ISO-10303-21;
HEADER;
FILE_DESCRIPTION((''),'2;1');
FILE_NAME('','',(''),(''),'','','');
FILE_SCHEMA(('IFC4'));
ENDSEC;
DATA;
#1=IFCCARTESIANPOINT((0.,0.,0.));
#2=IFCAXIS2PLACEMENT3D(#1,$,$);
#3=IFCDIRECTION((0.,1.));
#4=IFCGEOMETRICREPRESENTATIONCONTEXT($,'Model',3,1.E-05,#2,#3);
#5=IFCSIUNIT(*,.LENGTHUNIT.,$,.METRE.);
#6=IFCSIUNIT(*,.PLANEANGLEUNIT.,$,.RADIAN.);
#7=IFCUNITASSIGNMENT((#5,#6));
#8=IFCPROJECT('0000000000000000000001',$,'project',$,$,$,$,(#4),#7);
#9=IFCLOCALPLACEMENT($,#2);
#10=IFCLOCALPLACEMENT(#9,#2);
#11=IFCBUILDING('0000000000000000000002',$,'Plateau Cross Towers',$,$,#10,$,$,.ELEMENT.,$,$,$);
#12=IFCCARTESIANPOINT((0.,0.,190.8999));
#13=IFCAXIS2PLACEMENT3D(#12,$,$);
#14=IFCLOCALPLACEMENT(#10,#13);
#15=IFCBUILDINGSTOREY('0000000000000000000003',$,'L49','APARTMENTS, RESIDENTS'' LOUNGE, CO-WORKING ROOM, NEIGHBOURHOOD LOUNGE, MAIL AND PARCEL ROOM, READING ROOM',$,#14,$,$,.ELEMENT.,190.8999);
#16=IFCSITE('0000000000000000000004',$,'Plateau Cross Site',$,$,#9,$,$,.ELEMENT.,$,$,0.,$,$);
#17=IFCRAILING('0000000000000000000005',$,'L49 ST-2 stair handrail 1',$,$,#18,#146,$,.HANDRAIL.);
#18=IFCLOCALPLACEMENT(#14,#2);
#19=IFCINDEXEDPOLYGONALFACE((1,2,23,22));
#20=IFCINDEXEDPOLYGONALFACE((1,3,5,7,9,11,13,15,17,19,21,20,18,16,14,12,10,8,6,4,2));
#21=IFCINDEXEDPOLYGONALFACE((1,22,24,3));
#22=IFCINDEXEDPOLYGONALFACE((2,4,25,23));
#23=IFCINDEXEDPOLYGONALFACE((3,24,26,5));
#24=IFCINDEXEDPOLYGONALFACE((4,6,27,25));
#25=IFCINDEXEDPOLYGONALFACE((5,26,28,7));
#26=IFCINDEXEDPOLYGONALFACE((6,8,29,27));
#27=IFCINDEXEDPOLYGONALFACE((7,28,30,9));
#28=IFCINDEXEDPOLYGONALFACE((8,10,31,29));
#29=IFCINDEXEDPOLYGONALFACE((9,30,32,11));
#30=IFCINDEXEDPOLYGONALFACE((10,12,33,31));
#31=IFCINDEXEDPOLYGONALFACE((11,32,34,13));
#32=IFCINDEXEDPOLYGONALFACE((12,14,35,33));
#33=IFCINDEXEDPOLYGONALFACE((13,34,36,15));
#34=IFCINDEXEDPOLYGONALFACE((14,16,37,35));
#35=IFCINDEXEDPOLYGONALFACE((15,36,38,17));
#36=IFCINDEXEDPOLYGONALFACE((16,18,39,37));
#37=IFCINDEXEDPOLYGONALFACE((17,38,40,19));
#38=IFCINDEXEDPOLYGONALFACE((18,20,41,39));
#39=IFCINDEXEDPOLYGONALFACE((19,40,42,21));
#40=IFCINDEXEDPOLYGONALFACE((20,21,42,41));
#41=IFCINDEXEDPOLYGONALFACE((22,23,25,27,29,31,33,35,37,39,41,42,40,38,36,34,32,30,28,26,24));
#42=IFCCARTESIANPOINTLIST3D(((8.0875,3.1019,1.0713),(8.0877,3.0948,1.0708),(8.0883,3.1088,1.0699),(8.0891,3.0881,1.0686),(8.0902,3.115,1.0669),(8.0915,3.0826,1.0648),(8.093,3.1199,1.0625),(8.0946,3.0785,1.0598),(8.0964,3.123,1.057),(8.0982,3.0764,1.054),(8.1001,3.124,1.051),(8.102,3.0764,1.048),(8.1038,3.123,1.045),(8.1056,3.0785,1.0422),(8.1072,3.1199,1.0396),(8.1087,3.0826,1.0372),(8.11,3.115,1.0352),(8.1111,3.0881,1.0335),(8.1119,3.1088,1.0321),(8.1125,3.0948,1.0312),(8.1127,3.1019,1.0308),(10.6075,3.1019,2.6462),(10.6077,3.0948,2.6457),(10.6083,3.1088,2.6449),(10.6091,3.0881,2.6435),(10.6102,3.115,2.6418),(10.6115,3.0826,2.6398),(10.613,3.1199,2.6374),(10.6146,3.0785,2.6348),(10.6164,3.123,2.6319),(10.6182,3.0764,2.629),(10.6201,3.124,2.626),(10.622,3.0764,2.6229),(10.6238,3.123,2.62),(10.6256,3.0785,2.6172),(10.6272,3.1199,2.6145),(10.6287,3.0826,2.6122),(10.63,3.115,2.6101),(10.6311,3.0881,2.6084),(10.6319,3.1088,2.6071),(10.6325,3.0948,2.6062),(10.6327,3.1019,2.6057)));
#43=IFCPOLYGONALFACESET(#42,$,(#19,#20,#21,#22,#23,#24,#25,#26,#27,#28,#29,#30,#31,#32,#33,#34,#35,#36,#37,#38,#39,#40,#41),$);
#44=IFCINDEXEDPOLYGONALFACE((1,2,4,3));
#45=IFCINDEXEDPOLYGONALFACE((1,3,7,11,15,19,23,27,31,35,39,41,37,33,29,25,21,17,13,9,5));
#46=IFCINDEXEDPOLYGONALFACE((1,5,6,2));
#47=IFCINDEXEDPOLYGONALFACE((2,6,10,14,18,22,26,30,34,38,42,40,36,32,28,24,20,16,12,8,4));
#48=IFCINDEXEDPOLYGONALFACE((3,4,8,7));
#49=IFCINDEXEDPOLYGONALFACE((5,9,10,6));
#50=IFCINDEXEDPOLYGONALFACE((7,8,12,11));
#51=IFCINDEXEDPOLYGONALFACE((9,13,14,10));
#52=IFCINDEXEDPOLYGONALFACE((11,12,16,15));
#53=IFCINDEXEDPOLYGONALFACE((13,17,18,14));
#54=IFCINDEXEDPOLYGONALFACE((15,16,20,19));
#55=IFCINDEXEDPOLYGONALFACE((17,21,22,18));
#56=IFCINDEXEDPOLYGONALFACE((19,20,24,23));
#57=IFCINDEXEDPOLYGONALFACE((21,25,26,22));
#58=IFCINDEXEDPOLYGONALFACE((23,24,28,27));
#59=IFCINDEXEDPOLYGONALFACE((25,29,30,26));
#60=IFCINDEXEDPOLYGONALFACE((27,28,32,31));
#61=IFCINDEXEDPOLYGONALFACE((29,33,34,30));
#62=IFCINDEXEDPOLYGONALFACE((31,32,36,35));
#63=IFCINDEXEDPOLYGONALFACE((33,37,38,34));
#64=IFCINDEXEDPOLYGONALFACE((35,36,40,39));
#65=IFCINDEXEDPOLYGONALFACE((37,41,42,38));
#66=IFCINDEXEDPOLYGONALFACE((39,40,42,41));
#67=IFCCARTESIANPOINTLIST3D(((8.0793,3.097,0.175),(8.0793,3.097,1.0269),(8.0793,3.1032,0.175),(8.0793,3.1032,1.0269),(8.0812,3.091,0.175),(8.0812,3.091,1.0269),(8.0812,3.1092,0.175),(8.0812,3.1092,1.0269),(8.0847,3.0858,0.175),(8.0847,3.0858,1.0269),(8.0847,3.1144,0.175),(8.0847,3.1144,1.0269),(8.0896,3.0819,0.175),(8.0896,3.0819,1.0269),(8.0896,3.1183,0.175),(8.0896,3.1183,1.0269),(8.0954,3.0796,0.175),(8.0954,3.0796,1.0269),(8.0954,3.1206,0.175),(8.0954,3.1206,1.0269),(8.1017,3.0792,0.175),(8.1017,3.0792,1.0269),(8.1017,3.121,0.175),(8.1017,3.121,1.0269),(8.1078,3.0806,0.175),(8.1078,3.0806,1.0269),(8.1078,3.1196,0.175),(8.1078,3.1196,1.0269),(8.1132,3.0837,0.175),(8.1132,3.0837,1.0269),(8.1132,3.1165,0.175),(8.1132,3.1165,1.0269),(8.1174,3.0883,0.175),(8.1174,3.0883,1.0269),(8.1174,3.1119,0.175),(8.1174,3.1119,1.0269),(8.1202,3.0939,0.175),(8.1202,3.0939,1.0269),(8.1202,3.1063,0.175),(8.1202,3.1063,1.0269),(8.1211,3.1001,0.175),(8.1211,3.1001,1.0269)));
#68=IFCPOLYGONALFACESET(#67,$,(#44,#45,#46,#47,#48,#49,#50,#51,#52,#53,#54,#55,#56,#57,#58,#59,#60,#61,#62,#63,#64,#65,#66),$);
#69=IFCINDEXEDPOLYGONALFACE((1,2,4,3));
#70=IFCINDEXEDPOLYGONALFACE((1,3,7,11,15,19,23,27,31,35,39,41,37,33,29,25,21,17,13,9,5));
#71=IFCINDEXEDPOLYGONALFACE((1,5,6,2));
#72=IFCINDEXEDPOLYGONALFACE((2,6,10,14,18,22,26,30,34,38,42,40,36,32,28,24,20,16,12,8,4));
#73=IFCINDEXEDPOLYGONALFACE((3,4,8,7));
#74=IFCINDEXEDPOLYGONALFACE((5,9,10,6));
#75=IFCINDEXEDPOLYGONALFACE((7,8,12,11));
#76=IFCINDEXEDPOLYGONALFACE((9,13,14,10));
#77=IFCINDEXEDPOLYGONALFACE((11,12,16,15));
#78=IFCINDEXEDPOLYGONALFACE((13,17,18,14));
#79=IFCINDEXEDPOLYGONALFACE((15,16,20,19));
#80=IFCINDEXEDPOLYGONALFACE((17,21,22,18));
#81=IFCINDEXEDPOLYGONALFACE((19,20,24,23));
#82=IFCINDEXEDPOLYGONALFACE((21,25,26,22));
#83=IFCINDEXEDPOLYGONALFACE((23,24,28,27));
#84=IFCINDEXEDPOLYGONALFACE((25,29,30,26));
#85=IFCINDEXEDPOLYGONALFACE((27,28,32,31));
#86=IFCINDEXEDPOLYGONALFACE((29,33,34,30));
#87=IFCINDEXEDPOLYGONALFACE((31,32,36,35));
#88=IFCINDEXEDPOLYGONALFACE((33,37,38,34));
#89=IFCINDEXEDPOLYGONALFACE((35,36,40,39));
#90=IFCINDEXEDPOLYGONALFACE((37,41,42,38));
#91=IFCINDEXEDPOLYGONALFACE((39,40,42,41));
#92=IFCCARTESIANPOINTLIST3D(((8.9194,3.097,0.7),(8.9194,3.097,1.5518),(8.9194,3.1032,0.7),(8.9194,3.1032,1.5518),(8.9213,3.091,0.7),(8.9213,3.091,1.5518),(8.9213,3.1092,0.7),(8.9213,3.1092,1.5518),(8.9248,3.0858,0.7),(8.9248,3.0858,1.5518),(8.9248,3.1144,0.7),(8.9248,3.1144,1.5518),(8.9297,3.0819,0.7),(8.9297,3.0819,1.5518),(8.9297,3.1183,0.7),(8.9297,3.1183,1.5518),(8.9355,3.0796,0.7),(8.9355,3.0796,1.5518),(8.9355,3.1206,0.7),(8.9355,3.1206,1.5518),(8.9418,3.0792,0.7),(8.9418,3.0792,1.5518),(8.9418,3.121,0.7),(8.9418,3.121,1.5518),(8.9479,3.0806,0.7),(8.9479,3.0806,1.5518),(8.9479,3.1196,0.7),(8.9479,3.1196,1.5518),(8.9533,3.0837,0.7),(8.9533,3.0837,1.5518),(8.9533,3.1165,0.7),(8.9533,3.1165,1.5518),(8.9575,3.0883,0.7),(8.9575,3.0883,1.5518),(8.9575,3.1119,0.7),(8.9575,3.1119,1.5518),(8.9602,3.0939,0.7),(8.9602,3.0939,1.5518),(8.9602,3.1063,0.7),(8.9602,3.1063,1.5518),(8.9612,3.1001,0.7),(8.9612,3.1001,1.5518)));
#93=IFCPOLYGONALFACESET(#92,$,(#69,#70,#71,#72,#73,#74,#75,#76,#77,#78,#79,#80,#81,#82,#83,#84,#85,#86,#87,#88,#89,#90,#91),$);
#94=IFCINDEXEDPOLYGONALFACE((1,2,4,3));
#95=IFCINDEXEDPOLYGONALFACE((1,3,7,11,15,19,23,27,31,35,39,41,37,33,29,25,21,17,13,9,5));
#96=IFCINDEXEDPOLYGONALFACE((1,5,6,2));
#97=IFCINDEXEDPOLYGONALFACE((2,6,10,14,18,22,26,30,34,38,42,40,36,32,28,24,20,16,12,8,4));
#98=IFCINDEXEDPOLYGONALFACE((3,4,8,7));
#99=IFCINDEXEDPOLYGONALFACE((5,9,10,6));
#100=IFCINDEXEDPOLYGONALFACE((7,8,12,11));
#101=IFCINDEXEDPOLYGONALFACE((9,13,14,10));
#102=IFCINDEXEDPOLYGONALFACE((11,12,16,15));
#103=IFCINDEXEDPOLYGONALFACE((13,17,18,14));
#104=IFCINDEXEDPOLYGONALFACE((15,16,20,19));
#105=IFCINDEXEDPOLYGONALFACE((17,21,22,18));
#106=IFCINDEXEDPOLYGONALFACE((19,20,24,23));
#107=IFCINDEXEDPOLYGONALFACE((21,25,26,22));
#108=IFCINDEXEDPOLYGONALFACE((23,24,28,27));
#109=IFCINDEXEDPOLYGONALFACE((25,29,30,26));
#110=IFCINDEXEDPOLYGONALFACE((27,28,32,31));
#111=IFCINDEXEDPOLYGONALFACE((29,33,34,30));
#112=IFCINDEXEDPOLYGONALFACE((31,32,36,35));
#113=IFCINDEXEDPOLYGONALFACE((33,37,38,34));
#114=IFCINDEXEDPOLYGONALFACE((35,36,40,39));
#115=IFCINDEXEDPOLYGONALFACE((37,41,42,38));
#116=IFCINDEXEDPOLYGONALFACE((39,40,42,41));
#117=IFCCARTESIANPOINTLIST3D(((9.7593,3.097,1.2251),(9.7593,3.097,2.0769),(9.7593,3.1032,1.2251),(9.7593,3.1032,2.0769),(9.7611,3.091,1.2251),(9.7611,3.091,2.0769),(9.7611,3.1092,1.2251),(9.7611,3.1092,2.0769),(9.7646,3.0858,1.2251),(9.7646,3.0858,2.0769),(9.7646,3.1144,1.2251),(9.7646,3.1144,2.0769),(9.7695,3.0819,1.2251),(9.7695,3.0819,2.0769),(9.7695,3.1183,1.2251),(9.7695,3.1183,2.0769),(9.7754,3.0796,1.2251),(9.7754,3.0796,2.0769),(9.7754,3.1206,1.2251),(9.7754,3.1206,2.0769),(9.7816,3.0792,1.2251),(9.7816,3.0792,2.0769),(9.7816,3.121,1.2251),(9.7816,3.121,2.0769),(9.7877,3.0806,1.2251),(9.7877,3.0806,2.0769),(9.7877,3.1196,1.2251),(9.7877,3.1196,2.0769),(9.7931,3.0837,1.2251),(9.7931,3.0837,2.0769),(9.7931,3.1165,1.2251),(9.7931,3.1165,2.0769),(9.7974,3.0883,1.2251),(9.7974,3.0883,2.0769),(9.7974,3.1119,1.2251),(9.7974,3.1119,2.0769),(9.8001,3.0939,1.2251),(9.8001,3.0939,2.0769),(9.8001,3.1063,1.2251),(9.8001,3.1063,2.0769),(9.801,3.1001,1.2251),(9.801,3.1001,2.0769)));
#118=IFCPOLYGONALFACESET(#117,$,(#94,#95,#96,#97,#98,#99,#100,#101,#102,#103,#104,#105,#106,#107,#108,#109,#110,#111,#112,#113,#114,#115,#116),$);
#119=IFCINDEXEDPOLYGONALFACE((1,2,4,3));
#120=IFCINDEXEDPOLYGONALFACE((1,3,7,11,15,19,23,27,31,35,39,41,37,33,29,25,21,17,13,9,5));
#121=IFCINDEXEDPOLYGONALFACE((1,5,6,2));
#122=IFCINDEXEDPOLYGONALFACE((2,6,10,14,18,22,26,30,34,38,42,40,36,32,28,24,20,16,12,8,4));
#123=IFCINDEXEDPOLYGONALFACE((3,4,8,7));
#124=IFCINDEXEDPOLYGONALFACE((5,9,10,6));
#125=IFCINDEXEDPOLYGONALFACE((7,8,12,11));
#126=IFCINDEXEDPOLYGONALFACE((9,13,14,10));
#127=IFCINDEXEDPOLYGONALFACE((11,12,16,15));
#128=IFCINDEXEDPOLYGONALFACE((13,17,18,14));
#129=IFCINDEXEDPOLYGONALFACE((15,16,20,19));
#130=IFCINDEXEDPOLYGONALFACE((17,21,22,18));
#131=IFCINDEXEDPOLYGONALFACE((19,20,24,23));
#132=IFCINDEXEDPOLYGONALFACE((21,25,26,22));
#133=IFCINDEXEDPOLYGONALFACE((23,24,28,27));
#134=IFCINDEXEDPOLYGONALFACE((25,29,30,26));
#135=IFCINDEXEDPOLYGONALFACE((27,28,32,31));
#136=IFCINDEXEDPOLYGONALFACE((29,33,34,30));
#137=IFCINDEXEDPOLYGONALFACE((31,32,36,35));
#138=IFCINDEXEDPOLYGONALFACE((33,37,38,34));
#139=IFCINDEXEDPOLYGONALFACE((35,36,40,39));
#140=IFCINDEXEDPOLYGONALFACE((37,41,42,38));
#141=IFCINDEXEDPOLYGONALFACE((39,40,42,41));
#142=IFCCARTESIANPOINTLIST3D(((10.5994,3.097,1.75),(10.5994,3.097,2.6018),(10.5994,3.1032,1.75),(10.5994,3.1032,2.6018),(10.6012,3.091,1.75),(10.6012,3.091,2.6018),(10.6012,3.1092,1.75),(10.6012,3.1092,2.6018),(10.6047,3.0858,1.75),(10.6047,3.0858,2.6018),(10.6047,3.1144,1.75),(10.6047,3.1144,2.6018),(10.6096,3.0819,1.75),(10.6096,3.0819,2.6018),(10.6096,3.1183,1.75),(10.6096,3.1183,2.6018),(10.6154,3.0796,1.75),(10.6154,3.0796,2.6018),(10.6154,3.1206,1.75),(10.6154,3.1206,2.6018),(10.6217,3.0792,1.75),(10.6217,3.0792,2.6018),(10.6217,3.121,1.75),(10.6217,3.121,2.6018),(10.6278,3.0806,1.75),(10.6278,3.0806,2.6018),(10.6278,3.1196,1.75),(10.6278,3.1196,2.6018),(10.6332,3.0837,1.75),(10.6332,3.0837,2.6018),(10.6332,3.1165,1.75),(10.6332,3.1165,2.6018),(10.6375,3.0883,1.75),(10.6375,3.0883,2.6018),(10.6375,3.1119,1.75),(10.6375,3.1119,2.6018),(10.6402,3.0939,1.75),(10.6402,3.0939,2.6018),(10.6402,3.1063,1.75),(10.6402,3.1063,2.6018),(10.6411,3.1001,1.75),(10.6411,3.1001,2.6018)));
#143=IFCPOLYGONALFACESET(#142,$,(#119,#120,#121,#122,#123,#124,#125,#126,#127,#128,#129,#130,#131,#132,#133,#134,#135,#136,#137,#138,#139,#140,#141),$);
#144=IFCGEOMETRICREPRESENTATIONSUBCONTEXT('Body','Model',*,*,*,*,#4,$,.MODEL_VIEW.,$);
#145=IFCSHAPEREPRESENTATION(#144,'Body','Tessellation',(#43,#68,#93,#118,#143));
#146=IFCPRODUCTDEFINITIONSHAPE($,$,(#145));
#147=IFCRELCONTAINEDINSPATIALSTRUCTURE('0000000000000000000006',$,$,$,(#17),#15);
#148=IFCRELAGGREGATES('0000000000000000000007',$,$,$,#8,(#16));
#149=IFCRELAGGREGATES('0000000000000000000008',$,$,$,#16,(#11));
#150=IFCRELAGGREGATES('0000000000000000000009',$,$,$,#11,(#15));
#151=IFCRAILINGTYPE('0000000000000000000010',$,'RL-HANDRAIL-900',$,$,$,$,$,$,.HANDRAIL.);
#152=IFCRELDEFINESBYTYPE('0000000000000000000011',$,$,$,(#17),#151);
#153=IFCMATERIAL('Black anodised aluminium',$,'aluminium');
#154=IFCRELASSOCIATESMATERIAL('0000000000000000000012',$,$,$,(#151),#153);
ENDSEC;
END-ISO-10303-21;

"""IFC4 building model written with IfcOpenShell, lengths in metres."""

from ifc_helpers import new_model, si_unit, direction, frame, origin, origin_2d, place, context, subcontext, project, spatial, circle, extrude, material, type_object, element, save


model = new_model("IFC4")

# Units and contexts
model_context = context("Model", 3, precision=1e-05, world=origin(), true_north=direction((0.0, 1.0)))
body_context = subcontext(model_context, "Body", "Model", "MODEL_VIEW")
ifc_project = project(units=[si_unit("LENGTHUNIT", "METRE"), si_unit("PLANEANGLEUNIT", "RADIAN")], contexts=[model_context])

# Site, building, storey
site_placement = place(None, origin())
site = spatial("IfcSite", under=ifc_project, at=site_placement, Name="Plateau Cross Site", CompositionType="ELEMENT", RefElevation=0.0)
building_placement = place(site_placement, origin())
building = spatial("IfcBuilding", under=site, at=building_placement, Name="Plateau Cross Towers", CompositionType="ELEMENT")
storey_placement = place(building_placement, frame((0.0, 0.0, 190.8999)))
storey = spatial("IfcBuildingStorey", under=building, at=storey_placement, Name="L49", Description="APARTMENTS, RESIDENTS' LOUNGE, CO-WORKING ROOM, NEIGHBOURHOOD LOUNGE, MAIL AND PARCEL ROOM, READING ROOM", CompositionType="ELEMENT", Elevation=190.8999)

# Shared definitions
ifc_material_1 = material(Name="Black anodised aluminium", Category="aluminium")

# Railing
railing_type_1 = type_object("IfcRailingType", Name="RL-HANDRAIL-900", PredefinedType="HANDRAIL", material=ifc_material_1)
railing_1_placement = place(storey_placement, frame((8.1001, 3.1001, 0.175)))
element("IfcRailing", 1, at=railing_1_placement, inside=storey, type_object=railing_type_1, Name="L49 ST-2 stair handrail 1", PredefinedType="HANDRAIL", context=body_context, shape_type="SweptSolid", body=[
    extrude(circle(Radius=0.0239, at=origin_2d()), frame((0.0, 0.0, 0.876), z_axis=(0.848008, 0.0, 0.529984), x_axis=(0.0, 1.0, 0.0)), (0.0, 0.0, 1.0), 2.9717),
    extrude(circle(Radius=0.021, at=origin_2d()), origin(), (0.0, 0.0, 1.0), 0.8518),
    extrude(circle(Radius=0.021, at=origin_2d()), frame((0.8401, 0.0, 0.5249)), (0.0, 0.0, 1.0), 0.8518),
    extrude(circle(Radius=0.021, at=origin_2d()), frame((1.6799, 0.0, 1.05)), (0.0, 0.0, 1.0), 0.8518),
    extrude(circle(Radius=0.021, at=origin_2d()), frame((2.52, 0.0, 1.575)), (0.0, 0.0, 1.0), 0.8518),
])

save(model, "model.ifc")
